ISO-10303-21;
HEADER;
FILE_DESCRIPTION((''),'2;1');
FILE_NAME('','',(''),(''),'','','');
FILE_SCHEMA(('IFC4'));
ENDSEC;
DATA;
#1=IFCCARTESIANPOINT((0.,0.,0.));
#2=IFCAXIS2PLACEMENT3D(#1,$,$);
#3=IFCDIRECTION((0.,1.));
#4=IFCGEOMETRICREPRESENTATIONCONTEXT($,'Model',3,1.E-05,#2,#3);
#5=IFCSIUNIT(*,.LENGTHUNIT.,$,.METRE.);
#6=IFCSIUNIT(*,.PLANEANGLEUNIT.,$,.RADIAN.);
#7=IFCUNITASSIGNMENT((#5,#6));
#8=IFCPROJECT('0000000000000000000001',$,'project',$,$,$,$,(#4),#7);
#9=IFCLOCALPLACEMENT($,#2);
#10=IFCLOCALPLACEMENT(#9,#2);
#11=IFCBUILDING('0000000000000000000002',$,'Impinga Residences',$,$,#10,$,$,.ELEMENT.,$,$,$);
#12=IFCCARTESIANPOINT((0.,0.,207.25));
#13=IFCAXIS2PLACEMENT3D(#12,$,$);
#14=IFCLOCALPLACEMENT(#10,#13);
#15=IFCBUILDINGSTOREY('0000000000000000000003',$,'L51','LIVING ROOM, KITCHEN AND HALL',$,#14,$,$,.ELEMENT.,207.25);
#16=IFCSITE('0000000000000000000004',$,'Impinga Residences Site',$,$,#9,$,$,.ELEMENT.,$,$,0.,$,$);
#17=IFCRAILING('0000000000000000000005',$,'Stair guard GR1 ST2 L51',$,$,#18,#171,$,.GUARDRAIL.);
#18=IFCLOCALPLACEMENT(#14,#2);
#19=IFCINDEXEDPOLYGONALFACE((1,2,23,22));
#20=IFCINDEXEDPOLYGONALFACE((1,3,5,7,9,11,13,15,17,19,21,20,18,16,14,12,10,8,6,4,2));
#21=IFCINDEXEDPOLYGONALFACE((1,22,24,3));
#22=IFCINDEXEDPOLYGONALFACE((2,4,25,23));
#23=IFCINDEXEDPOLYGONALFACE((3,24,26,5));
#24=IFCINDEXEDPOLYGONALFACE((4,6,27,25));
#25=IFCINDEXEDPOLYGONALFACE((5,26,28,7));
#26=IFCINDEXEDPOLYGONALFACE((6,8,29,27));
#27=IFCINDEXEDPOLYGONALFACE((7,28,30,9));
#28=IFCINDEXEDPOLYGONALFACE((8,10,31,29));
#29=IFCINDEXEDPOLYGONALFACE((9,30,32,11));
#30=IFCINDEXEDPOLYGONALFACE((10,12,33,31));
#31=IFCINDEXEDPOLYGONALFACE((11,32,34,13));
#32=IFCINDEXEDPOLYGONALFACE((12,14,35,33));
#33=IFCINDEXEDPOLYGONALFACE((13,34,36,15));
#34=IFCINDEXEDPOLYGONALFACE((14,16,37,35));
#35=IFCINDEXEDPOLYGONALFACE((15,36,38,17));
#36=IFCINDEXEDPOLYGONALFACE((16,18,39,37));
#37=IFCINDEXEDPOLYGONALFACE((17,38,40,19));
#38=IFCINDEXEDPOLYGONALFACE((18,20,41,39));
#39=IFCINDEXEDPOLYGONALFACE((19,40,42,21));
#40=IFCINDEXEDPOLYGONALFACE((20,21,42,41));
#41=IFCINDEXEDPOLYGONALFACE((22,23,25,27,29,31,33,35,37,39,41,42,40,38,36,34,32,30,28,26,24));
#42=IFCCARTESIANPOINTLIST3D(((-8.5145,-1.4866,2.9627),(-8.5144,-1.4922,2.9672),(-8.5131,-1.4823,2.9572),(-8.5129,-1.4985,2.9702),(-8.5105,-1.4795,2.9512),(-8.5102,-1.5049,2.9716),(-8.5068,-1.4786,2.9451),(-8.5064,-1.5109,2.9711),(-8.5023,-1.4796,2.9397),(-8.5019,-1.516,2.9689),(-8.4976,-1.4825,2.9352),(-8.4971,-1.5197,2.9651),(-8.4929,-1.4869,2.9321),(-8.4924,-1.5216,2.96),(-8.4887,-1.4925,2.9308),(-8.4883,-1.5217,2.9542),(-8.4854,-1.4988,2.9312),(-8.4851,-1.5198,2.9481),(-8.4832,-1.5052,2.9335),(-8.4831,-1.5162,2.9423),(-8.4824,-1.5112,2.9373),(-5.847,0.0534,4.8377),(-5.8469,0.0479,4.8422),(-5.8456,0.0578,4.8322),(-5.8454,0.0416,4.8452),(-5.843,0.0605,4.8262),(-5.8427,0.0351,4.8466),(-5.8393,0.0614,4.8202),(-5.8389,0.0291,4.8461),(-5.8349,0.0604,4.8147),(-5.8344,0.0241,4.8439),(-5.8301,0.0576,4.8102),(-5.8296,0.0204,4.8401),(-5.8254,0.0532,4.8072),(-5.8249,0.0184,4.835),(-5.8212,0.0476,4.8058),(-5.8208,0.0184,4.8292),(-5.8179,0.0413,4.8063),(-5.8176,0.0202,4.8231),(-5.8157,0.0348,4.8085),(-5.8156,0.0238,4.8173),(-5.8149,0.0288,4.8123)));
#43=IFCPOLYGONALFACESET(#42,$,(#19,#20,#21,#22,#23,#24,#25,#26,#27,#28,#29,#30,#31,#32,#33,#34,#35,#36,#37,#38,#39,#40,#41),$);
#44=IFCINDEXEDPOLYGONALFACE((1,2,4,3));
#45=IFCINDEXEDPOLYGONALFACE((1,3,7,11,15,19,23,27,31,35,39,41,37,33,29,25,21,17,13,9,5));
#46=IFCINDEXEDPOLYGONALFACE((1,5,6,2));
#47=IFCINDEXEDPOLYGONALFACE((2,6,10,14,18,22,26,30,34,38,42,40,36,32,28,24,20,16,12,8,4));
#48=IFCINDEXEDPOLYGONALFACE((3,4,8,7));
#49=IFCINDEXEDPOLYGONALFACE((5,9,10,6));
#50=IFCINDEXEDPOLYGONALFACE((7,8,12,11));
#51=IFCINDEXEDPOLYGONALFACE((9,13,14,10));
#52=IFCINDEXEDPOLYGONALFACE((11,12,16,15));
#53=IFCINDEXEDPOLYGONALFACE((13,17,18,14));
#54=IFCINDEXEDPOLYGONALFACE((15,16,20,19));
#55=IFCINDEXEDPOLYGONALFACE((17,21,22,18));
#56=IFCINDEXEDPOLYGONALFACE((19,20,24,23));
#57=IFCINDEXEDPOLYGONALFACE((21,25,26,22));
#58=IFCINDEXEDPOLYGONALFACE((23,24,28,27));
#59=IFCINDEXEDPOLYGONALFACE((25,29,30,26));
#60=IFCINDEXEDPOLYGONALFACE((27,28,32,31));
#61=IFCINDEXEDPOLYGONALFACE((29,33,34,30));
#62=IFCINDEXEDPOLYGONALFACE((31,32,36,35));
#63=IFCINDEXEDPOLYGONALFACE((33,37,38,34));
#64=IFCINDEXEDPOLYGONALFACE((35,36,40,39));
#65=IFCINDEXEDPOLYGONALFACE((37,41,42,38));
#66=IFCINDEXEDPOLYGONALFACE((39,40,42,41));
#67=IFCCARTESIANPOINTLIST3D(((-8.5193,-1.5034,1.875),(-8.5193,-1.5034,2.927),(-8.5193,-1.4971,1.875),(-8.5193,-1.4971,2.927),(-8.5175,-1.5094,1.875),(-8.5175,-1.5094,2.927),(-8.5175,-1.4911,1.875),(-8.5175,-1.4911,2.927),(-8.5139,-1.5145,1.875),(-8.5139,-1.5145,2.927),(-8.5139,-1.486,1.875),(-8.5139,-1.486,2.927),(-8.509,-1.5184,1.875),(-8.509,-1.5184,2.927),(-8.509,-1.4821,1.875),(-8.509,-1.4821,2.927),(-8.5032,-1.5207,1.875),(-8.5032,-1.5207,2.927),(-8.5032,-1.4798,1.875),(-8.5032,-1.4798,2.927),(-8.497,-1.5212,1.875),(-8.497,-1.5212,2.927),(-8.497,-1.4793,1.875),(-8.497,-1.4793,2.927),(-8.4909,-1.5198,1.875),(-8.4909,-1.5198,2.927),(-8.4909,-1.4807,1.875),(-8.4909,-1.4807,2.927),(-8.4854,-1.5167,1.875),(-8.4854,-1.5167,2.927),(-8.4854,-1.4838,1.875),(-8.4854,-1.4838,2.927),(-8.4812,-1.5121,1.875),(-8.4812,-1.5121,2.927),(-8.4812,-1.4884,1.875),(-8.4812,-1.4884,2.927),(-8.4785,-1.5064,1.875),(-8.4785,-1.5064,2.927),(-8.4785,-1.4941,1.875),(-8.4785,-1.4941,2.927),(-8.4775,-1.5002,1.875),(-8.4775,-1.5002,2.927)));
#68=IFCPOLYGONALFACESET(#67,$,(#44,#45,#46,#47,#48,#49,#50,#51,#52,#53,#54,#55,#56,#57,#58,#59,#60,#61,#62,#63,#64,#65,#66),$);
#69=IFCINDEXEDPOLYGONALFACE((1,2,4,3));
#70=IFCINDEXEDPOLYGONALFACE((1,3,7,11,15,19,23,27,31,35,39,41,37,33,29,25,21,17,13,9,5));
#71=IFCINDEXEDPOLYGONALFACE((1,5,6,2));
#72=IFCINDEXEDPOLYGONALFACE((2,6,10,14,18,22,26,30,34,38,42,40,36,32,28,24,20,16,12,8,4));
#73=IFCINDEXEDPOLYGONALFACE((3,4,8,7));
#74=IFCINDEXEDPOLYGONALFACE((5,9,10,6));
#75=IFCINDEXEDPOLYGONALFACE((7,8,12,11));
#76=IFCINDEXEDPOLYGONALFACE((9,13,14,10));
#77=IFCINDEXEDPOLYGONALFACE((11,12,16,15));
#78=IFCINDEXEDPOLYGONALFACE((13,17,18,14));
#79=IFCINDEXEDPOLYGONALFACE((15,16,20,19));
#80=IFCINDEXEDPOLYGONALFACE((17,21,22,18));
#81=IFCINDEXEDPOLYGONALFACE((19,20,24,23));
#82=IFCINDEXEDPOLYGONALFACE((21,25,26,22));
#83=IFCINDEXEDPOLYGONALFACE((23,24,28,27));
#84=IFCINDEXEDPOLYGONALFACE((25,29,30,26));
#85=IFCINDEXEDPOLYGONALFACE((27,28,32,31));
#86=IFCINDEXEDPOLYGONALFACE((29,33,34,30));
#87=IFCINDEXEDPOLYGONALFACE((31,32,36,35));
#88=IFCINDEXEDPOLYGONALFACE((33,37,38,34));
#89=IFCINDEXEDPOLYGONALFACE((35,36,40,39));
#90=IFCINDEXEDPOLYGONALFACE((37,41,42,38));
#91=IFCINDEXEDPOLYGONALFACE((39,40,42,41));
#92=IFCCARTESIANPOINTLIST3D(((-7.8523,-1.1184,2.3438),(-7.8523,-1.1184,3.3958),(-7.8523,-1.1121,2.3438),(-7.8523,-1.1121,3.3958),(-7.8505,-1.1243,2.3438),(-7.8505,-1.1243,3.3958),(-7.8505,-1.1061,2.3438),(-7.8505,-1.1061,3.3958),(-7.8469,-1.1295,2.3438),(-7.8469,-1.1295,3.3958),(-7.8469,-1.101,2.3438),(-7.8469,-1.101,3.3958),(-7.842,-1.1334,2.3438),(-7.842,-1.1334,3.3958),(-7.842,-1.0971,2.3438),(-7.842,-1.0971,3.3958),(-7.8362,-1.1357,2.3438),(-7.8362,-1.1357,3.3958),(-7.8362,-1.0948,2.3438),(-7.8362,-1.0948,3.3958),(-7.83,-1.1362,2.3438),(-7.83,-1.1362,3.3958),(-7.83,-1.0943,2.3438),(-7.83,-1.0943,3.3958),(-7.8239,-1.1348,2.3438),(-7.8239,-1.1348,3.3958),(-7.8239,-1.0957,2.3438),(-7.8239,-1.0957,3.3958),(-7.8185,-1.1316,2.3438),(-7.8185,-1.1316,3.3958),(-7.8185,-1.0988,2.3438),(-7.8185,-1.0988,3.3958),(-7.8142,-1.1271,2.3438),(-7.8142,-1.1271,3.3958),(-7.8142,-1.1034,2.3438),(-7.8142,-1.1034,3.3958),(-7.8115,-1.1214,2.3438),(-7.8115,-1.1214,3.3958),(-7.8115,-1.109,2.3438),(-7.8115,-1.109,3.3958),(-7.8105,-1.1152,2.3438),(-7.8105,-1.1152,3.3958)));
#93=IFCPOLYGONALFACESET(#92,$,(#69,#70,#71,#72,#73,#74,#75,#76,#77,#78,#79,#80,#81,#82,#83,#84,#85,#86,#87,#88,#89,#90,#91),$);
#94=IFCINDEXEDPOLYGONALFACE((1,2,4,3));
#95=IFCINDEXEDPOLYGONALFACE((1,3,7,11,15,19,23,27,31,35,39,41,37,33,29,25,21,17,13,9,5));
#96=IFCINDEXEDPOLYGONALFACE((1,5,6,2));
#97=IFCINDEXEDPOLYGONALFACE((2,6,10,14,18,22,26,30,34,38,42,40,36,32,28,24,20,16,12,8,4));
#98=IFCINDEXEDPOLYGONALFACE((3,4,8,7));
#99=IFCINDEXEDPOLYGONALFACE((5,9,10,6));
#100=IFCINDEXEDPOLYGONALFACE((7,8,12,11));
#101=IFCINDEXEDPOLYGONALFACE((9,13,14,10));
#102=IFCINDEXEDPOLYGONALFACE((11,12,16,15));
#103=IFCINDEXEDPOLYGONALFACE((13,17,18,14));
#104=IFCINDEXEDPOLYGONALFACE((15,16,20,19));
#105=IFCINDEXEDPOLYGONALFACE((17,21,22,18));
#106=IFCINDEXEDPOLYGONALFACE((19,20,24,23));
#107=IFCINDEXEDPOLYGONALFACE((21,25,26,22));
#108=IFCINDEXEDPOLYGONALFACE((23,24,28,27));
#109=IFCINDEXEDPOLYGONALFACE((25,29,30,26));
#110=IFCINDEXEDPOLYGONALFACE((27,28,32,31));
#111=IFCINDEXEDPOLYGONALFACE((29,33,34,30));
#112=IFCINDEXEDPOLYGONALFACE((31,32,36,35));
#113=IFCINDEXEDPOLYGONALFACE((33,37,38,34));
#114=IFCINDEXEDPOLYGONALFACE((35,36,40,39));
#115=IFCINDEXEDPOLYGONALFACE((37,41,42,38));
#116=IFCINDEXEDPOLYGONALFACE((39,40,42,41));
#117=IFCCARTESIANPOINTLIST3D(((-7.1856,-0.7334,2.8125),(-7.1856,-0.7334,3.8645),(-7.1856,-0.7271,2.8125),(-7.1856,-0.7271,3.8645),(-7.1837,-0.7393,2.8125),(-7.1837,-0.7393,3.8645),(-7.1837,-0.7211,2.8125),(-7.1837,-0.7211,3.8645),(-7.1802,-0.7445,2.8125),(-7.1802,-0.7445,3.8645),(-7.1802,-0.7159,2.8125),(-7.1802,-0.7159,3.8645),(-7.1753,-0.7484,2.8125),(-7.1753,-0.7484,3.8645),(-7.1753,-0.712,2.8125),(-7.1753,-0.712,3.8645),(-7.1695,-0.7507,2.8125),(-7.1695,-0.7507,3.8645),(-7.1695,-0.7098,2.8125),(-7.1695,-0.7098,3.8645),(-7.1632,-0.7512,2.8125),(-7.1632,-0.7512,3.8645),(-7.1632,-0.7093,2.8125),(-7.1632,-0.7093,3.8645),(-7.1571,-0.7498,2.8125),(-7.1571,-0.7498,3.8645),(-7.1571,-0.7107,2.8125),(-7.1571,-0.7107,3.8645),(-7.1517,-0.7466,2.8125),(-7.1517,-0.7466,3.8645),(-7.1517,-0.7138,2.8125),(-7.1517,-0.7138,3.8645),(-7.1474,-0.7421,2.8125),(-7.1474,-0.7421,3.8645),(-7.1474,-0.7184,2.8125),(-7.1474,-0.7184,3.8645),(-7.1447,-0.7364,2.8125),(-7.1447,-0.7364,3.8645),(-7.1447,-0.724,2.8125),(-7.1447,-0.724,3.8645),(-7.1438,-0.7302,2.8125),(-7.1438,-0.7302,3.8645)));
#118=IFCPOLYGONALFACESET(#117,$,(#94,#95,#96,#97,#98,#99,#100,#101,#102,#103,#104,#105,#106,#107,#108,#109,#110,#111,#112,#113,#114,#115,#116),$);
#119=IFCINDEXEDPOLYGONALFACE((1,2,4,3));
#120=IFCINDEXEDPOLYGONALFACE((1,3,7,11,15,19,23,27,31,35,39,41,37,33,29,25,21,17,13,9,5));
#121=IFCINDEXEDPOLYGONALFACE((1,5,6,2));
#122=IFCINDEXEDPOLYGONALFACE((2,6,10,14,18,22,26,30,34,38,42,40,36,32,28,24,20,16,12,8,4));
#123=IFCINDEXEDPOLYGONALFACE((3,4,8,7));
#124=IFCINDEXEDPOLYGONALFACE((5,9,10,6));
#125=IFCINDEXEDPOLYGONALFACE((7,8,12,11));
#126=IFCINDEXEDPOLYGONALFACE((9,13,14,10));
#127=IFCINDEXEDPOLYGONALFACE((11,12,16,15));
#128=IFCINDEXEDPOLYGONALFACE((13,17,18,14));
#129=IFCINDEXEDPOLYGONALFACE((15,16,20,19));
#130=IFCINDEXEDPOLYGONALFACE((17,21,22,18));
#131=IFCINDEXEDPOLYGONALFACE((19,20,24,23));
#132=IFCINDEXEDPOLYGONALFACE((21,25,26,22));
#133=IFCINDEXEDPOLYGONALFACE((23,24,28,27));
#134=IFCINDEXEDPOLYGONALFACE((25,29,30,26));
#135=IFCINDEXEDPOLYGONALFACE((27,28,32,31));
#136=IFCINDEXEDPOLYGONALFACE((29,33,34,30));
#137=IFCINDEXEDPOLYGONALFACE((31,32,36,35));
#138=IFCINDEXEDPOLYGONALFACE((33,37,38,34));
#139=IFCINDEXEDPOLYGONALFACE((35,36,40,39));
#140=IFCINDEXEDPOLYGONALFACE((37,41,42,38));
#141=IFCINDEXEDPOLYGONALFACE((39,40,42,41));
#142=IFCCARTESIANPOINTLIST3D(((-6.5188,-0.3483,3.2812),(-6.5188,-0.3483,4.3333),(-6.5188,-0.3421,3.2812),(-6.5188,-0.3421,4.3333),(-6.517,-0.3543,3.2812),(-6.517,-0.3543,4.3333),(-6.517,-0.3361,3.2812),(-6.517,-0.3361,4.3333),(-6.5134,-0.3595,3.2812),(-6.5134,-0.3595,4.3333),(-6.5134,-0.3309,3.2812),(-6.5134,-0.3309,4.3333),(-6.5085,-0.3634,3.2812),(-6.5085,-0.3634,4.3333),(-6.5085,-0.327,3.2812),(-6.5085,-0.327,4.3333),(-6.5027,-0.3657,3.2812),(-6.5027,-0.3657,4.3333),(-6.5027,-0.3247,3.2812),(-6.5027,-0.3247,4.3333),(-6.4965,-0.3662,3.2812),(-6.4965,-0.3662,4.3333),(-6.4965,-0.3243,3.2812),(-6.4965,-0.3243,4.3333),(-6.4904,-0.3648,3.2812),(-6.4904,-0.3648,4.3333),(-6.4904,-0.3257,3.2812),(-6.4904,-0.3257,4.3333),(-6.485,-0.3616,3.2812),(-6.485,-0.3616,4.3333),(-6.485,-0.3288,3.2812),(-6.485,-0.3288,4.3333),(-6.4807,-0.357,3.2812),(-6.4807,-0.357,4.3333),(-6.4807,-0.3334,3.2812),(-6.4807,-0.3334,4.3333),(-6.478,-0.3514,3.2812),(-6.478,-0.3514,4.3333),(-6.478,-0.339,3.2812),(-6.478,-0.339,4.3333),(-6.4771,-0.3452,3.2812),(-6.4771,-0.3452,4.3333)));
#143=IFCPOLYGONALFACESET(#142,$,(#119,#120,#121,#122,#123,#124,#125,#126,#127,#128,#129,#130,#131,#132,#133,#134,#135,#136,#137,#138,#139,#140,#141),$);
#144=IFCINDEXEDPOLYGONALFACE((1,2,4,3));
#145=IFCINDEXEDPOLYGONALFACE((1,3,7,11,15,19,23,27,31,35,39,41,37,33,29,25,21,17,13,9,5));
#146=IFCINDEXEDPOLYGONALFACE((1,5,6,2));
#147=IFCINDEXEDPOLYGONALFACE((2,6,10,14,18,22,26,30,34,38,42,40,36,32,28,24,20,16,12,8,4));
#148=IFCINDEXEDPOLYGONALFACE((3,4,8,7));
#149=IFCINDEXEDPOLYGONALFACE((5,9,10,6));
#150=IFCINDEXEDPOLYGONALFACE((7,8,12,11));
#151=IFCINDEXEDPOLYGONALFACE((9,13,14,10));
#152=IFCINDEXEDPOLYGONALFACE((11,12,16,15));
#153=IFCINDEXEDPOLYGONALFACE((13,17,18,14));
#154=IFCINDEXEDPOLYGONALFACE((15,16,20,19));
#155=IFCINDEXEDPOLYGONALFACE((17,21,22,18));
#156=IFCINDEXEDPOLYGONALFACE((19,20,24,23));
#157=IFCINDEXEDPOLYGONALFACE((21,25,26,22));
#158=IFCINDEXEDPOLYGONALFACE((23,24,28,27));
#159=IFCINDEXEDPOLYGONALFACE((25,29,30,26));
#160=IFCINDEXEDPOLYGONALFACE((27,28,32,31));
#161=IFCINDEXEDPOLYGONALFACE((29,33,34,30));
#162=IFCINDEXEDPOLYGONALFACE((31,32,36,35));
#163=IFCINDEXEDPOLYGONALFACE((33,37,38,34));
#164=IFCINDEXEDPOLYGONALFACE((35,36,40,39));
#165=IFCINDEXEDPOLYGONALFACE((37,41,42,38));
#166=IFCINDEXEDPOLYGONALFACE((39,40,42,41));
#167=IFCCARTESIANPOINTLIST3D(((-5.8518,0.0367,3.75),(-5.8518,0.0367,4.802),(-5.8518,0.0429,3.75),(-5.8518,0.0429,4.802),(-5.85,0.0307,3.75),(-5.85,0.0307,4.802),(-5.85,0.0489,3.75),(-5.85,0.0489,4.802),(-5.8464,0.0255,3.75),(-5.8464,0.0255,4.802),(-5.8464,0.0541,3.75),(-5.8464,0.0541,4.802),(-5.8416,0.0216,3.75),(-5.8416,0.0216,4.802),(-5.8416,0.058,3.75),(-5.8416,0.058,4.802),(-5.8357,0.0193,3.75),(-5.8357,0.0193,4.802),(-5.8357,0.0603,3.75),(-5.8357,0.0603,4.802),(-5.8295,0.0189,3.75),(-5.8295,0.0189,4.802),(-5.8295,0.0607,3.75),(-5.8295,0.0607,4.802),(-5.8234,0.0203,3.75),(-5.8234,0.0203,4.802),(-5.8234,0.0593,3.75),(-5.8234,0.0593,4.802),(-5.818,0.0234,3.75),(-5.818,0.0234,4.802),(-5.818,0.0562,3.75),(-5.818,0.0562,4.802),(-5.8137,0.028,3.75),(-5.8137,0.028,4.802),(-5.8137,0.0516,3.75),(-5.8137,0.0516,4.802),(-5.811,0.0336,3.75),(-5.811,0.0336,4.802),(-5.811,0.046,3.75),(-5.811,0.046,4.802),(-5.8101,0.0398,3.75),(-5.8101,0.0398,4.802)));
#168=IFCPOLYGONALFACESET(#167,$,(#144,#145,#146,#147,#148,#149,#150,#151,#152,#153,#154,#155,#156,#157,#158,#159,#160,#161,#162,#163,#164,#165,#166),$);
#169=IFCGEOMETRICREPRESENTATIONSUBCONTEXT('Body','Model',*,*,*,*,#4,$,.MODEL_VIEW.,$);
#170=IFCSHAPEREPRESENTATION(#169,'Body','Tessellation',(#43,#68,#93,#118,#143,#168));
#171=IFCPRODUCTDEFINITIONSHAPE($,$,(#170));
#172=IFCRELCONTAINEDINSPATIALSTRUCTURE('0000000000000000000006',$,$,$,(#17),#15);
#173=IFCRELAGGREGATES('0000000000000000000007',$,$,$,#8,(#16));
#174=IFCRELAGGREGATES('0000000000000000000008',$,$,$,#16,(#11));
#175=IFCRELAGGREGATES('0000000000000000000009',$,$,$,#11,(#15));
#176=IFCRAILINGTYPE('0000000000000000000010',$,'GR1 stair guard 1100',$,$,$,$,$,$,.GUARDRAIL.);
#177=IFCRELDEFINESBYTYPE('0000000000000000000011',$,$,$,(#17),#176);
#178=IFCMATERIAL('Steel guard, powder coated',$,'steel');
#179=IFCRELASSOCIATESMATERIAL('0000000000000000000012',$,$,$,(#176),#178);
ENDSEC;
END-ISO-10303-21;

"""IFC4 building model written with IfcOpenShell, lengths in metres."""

from ifc_helpers import new_model, si_unit, direction, frame, origin, origin_2d, place, context, subcontext, project, spatial, circle, extrude, material, type_object, element, save


model = new_model("IFC4")

# Units and contexts
model_context = context("Model", 3, precision=1e-05, world=origin(), true_north=direction((0.0, 1.0)))
body_context = subcontext(model_context, "Body", "Model", "MODEL_VIEW")
ifc_project = project(units=[si_unit("LENGTHUNIT", "METRE"), si_unit("PLANEANGLEUNIT", "RADIAN")], contexts=[model_context])

# Site, building, storey
site_placement = place(None, origin())
site = spatial("IfcSite", under=ifc_project, at=site_placement, Name="Impinga Residences Site", CompositionType="ELEMENT", RefElevation=0.0)
building_placement = place(site_placement, origin())
building = spatial("IfcBuilding", under=site, at=building_placement, Name="Impinga Residences", CompositionType="ELEMENT")
storey_placement = place(building_placement, frame((0.0, 0.0, 207.25)))
storey = spatial("IfcBuildingStorey", under=building, at=storey_placement, Name="L51", Description="LIVING ROOM, KITCHEN AND HALL", CompositionType="ELEMENT", Elevation=207.25)

# Railing
ifc_material_1 = material(Name="Steel guard, powder coated", Category="steel")
railing_type_1 = type_object("IfcRailingType", Name="GR1 stair guard 1100", PredefinedType="GUARDRAIL", material=ifc_material_1)
railing_1_placement = place(storey_placement, frame((-8.4985, -1.5002, 1.875)))
element("IfcRailing", 1, at=railing_1_placement, inside=storey, type_object=railing_type_1, Name="Stair guard GR1 ST2 L51", PredefinedType="GUARDRAIL", context=body_context, shape_type="SweptSolid", body=[
    extrude(circle(Radius=0.0239, at=origin_2d()), frame((0.0, 0.0, 1.0762), z_axis=(0.739746, 0.427084, 0.519975), x_axis=(-0.499992, 0.86603, 0.0)), (0.0, 0.0, 1.0), 3.606),
    extrude(circle(Radius=0.021, at=origin_2d()), origin(), (0.0, 0.0, 1.0), 1.052),
    extrude(circle(Radius=0.021, at=origin_2d()), frame((0.667, 0.385, 0.4688)), (0.0, 0.0, 1.0), 1.052),
    extrude(circle(Radius=0.021, at=origin_2d()), frame((1.3337, 0.77, 0.9375)), (0.0, 0.0, 1.0), 1.052),
    extrude(circle(Radius=0.021, at=origin_2d()), frame((2.0005, 1.155, 1.4062)), (0.0, 0.0, 1.0), 1.052),
    extrude(circle(Radius=0.021, at=origin_2d()), frame((2.6675, 1.54, 1.875)), (0.0, 0.0, 1.0), 1.052),
])

save(model, "model.ifc")
